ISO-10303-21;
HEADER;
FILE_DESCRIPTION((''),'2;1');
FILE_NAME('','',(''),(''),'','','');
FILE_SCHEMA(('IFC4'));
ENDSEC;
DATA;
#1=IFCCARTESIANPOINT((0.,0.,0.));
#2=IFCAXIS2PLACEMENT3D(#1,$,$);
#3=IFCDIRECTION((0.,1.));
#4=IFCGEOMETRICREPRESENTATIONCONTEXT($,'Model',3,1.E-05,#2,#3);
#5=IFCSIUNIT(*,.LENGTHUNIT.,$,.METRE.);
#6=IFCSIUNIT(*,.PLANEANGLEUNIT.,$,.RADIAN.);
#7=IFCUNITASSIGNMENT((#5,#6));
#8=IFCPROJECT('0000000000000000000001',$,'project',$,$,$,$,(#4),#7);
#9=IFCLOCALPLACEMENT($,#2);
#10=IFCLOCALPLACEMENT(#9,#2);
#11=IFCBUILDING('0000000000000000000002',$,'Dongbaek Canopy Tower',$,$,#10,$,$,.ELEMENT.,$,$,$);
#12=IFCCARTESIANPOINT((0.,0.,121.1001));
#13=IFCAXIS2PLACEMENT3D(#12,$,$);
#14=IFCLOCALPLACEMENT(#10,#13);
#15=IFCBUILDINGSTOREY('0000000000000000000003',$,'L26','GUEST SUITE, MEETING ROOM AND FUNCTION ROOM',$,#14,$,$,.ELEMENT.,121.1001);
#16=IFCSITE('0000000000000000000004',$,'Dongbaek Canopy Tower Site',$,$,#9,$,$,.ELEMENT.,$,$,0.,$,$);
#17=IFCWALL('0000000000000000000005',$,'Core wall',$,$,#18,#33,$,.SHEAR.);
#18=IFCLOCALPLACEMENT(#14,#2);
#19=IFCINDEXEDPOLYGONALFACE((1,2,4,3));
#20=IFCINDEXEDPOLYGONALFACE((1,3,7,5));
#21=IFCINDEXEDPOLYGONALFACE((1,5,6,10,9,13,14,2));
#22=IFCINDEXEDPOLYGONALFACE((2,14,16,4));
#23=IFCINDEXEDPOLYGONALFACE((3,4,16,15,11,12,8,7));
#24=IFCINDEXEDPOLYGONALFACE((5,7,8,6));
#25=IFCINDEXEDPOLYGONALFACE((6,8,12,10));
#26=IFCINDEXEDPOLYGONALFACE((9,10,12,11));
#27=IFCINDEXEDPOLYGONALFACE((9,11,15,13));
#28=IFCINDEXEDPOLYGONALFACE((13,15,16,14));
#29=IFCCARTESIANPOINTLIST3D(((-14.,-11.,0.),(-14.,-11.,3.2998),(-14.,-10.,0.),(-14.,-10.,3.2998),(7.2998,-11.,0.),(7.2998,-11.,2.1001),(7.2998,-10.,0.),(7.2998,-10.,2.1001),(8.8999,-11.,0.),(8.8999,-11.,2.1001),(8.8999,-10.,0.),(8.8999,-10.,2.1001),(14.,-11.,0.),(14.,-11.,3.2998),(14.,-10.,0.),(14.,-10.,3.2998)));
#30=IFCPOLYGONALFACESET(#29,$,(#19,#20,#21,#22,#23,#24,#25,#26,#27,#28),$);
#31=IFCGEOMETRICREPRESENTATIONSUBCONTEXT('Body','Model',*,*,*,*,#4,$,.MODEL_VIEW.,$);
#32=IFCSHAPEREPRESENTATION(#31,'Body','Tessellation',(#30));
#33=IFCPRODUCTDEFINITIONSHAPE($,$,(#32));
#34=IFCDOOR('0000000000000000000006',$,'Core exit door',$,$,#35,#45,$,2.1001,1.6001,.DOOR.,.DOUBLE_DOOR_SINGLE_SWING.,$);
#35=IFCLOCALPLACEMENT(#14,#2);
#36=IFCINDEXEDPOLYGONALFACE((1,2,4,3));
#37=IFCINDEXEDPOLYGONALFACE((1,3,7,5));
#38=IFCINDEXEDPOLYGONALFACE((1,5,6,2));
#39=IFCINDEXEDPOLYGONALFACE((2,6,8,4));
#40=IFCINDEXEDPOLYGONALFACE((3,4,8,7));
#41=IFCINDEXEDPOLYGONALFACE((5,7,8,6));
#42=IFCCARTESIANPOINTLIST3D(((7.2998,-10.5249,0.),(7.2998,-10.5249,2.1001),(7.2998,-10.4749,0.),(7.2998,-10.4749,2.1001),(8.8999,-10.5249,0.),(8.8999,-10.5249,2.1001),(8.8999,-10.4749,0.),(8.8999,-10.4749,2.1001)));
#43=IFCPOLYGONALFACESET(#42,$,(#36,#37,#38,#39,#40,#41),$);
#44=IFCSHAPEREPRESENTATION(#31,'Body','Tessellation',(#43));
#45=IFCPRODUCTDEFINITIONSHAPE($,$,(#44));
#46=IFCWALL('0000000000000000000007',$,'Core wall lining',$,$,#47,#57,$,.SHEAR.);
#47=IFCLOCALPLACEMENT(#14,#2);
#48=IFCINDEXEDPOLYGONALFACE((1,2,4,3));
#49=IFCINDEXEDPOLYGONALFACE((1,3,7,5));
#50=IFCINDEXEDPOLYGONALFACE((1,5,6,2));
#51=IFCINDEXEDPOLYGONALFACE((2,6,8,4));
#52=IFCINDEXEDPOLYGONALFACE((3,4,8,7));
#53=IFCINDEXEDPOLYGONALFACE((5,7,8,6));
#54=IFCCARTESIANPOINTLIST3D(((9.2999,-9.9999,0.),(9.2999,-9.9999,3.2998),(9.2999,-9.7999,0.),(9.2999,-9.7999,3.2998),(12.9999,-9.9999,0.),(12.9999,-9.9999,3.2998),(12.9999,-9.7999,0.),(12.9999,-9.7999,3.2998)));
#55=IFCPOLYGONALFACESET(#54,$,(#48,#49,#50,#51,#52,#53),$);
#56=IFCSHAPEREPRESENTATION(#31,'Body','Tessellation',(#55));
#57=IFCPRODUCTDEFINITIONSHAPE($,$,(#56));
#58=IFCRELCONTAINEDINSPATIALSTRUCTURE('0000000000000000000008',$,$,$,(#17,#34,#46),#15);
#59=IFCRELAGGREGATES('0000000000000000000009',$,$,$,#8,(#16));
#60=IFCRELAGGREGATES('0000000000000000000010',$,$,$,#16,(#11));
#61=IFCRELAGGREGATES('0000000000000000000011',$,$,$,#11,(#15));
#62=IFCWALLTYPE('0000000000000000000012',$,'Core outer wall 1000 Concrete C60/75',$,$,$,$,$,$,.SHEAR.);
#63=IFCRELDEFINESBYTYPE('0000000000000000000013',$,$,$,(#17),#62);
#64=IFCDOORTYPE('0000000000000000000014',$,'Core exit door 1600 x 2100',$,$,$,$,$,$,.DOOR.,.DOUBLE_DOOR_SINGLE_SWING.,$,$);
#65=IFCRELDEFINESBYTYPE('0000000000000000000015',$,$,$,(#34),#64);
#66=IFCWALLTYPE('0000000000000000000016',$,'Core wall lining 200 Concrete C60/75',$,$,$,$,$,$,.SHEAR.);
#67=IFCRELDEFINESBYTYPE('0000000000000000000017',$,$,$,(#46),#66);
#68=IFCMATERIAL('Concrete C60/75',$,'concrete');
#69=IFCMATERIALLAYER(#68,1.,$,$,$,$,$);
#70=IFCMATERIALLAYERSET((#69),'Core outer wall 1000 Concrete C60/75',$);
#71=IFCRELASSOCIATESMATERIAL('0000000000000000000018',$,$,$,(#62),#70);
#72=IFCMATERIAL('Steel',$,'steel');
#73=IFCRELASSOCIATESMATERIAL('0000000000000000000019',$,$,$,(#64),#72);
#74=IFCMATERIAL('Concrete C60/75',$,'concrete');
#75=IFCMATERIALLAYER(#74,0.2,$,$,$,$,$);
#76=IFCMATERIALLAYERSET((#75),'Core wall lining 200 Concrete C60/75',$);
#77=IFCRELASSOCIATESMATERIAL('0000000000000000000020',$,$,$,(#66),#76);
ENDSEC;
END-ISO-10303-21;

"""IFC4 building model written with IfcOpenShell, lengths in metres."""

from ifc_helpers import new_model, si_unit, direction, frame, frame_2d, origin, place, context, subcontext, project, spatial, rectangle, extrude, material, layer, layer_set, type_object, element, fill, save


model = new_model("IFC4")

# Units and contexts
model_context = context("Model", 3, precision=1e-05, world=origin(), true_north=direction((0.0, 1.0)))
body_context = subcontext(model_context, "Body", "Model", "MODEL_VIEW")
ifc_project = project(units=[si_unit("LENGTHUNIT", "METRE"), si_unit("PLANEANGLEUNIT", "RADIAN")], contexts=[model_context])

# Site, building, storey
site_placement = place(None, origin())
site = spatial("IfcSite", under=ifc_project, at=site_placement, Name="Dongbaek Canopy Tower Site", CompositionType="ELEMENT", RefElevation=0.0)
building_placement = place(site_placement, origin())
building = spatial("IfcBuilding", under=site, at=building_placement, Name="Dongbaek Canopy Tower", CompositionType="ELEMENT")
storey_placement = place(building_placement, frame((0.0, 0.0, 121.1001)))
storey = spatial("IfcBuildingStorey", under=building, at=storey_placement, Name="L26", Description="GUEST SUITE, MEETING ROOM AND FUNCTION ROOM", CompositionType="ELEMENT", Elevation=121.1001)

# Wall, opening, door
ifc_material_1 = material(Name="Concrete C60/75", Category="concrete")
ifc_layer_1 = layer(ifc_material_1, 1.0)
ifc_layer_set_1 = layer_set([ifc_layer_1], Name="Core outer wall 1000 Concrete C60/75")
wall_type_1 = type_object("IfcWallType", Name="Core outer wall 1000 Concrete C60/75", PredefinedType="SHEAR", material=ifc_layer_set_1)
wall_1_placement = place(storey_placement, frame((14.0, -10.5, 0.0), z_axis=(0.0, 0.0, 1.0), x_axis=(-1.0, 0.0, 0.0)))
wall_1 = element("IfcWall", 1, at=wall_1_placement, inside=storey, type_object=wall_type_1, Name="Core wall", PredefinedType="SHEAR", context=body_context, shape_type="SweptSolid", body=[
    extrude(rectangle(XDim=28.0, YDim=1.0, at=frame_2d((14.0, 0.0))), origin(), (0.0, 0.0, 1.0), 3.2998),
])
opening_1_placement = place(wall_1_placement, frame((5.1001, 0.0, 0.0)))
opening_1 = element("IfcOpeningElement", 2, at=opening_1_placement, cuts=wall_1, PredefinedType="OPENING", context=body_context, shape_type="SweptSolid", body=[
    extrude(rectangle(XDim=1.6001, YDim=2.1001, at=frame_2d((0.8, 1.05))), frame((0.0, 0.51, 0.0), z_axis=(0.0, -1.0, 0.0), x_axis=(1.0, 0.0, 0.0)), (0.0, 0.0, 1.0), 1.02),
])
ifc_material_2 = material(Name="Steel", Category="steel")
door_type_1 = type_object("IfcDoorType", Name="Core exit door 1600 x 2100", OperationType="DOUBLE_DOOR_SINGLE_SWING", PredefinedType="DOOR", material=ifc_material_2)
door_1_placement = place(opening_1_placement, origin())
door_1 = element("IfcDoor", 3, at=door_1_placement, inside=storey, type_object=door_type_1, Name="Core exit door", OperationType="DOUBLE_DOOR_SINGLE_SWING", OverallHeight=2.1001, OverallWidth=1.6001, PredefinedType="DOOR", context=body_context, shape_type="SweptSolid", body=[
    extrude(rectangle(XDim=1.6001, YDim=2.1001, at=frame_2d((0.8, 1.05))), frame((0.0, 0.0249, 0.0), z_axis=(0.0, -1.0, 0.0), x_axis=(1.0, 0.0, 0.0)), (0.0, 0.0, 1.0), 0.05),
])
fill(opening_1, door_1)

# Wall
ifc_material_3 = material(Name="Concrete C60/75", Category="concrete")
ifc_layer_2 = layer(ifc_material_3, 0.2)
ifc_layer_set_2 = layer_set([ifc_layer_2], Name="Core wall lining 200 Concrete C60/75")
wall_type_2 = type_object("IfcWallType", Name="Core wall lining 200 Concrete C60/75", PredefinedType="SHEAR", material=ifc_layer_set_2)
wall_2_placement = place(storey_placement, frame((13.0, -9.8999, 0.0), z_axis=(0.0, 0.0, 1.0), x_axis=(-1.0, 0.0, 0.0)))
element("IfcWall", 4, at=wall_2_placement, inside=storey, type_object=wall_type_2, Name="Core wall lining", PredefinedType="SHEAR", context=body_context, shape_type="SweptSolid", body=[
    extrude(rectangle(XDim=3.7, YDim=0.2, at=frame_2d((1.8501, 0.0))), origin(), (0.0, 0.0, 1.0), 3.2998),
])

save(model, "model.ifc")
